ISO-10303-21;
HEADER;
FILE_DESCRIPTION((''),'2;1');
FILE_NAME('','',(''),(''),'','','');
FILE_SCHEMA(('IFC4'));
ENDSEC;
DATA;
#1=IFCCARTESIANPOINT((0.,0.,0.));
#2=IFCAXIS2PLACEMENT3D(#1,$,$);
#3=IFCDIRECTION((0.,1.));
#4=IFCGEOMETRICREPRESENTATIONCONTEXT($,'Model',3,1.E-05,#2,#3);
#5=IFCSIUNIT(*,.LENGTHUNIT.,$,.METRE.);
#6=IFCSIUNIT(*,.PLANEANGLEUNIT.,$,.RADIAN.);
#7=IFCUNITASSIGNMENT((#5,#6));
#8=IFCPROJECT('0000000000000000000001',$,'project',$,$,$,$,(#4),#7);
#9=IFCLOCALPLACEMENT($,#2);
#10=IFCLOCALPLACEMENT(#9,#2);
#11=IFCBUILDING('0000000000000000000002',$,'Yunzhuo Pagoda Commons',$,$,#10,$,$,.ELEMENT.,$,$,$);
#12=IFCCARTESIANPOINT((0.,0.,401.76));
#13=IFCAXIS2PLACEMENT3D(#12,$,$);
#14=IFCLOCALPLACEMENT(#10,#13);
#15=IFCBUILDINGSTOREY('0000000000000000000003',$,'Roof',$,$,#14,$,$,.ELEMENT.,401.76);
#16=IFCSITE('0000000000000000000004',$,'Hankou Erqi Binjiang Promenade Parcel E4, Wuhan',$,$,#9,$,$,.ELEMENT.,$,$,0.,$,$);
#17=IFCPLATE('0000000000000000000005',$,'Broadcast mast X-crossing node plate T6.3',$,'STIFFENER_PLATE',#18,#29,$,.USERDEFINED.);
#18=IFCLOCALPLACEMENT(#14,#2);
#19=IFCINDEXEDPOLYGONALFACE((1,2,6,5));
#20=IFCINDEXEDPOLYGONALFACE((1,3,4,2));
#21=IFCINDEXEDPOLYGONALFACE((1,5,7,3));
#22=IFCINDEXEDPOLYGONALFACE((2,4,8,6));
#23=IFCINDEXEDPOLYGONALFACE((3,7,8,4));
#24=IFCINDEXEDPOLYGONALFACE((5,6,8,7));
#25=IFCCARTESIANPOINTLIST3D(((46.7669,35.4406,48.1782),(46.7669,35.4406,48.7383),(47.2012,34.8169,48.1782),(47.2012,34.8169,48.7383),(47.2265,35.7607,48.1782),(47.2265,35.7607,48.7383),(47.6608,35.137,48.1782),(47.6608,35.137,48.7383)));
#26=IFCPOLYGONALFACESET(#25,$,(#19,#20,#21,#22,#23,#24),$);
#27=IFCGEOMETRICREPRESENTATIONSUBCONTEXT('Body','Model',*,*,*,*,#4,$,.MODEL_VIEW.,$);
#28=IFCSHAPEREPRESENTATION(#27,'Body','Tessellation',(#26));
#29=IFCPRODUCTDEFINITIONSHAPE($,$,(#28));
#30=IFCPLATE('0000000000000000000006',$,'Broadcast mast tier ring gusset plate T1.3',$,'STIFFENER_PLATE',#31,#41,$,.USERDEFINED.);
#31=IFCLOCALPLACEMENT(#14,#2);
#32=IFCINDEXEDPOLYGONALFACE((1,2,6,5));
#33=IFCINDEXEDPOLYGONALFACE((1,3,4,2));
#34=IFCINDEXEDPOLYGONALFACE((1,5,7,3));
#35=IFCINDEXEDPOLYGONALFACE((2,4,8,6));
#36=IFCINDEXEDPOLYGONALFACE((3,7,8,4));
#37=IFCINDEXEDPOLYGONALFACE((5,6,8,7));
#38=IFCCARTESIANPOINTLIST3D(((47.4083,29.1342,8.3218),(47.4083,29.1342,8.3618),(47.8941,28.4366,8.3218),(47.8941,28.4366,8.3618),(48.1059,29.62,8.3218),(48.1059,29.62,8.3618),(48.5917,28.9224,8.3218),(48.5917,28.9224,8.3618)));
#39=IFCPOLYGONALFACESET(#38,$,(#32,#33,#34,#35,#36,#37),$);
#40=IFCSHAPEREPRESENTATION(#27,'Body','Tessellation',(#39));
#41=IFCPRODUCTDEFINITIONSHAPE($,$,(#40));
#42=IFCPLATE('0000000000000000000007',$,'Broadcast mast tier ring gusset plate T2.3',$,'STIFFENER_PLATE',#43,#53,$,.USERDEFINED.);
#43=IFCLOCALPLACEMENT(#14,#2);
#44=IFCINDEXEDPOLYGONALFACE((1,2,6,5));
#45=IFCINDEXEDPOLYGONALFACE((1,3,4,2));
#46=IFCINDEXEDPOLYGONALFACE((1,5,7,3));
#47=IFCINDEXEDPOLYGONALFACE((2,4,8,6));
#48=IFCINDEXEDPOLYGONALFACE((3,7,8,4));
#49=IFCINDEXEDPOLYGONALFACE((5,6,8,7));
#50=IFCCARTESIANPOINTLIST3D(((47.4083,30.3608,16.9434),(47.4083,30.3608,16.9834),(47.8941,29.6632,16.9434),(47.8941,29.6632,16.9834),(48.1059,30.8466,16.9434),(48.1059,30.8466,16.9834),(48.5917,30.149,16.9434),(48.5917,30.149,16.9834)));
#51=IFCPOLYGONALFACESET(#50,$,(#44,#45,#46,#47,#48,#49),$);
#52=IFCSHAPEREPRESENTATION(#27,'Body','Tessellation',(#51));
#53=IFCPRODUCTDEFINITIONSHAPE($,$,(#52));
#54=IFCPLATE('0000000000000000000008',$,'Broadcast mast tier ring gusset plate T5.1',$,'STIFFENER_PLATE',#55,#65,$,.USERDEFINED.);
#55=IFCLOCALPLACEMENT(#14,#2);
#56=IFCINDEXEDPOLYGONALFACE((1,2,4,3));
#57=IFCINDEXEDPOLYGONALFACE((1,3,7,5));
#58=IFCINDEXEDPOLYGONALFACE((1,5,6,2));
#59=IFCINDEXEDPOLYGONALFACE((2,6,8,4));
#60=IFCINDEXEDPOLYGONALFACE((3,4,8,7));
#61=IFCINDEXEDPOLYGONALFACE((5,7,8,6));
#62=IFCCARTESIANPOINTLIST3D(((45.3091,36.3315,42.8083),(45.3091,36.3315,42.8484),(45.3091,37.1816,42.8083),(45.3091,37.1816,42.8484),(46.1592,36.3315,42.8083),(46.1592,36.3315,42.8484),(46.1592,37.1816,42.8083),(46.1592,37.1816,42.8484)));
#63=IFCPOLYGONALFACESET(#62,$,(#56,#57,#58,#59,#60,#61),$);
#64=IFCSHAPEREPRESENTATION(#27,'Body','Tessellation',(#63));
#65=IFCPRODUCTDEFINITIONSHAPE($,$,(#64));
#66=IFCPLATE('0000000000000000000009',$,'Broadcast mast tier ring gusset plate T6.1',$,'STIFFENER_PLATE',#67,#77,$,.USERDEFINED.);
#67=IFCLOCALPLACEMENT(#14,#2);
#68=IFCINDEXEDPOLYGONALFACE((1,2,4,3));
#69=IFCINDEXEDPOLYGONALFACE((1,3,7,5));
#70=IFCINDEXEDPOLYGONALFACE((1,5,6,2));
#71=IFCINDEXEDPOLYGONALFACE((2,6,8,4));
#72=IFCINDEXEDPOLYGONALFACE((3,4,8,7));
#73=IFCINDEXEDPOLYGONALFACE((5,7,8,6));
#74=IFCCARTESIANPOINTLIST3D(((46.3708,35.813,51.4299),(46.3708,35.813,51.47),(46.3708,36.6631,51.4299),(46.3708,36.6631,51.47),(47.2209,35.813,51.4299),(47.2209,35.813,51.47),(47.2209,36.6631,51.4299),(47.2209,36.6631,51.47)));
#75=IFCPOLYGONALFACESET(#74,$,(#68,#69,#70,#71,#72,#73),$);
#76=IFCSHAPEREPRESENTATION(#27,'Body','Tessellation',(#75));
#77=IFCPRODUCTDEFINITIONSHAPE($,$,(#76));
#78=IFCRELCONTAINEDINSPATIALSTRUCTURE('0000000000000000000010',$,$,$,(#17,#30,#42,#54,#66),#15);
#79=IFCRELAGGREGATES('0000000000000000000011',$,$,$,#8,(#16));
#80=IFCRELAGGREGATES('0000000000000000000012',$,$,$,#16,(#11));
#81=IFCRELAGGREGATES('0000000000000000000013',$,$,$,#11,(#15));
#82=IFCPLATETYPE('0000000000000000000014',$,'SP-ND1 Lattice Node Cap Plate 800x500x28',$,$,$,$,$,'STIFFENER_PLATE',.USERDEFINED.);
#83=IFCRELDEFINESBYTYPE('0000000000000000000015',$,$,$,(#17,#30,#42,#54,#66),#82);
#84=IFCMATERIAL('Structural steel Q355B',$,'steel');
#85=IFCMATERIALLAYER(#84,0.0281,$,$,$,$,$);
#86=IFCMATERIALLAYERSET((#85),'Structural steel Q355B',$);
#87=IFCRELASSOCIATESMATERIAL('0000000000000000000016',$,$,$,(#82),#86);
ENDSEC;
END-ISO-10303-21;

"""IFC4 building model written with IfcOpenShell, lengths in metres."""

from ifc_helpers import new_model, si_unit, direction, frame, origin, origin_2d, place, context, subcontext, project, spatial, rectangle, extrude, source, transform, mapped, material, layer, layer_set, type_object, element, save


model = new_model("IFC4")

# Units and contexts
model_context = context("Model", 3, precision=1e-05, world=origin(), true_north=direction((0.0, 1.0)))
body_context = subcontext(model_context, "Body", "Model", "MODEL_VIEW")
ifc_project = project(units=[si_unit("LENGTHUNIT", "METRE"), si_unit("PLANEANGLEUNIT", "RADIAN")], contexts=[model_context])

# Site, building, storey
site_placement = place(None, origin())
site = spatial("IfcSite", under=ifc_project, at=site_placement, Name="Hankou Erqi Binjiang Promenade Parcel E4, Wuhan", CompositionType="ELEMENT", RefElevation=0.0)
building_placement = place(site_placement, origin())
building = spatial("IfcBuilding", under=site, at=building_placement, Name="Yunzhuo Pagoda Commons", CompositionType="ELEMENT")
storey_placement = place(building_placement, frame((0.0, 0.0, 401.76)))
storey = spatial("IfcBuildingStorey", under=building, at=storey_placement, Name="Roof", CompositionType="ELEMENT", Elevation=401.76)

# Shared definitions
ifc_material_1 = material(Name="Structural steel Q355B", Category="steel")

# Plates
ifc_layer = layer(ifc_material_1, 0.0281)
ifc_layer_set = layer_set([ifc_layer], Name="Structural steel Q355B")
plate_type = type_object("IfcPlateType", Name="SP-ND1 Lattice Node Cap Plate 800x500x28", ElementType="STIFFENER_PLATE", PredefinedType="USERDEFINED", material=ifc_layer_set)
shared_shape_1 = source(origin(), body_context, "Body", "SweptSolid", [
    extrude(rectangle(XDim=0.76, YDim=0.5601, at=origin_2d()), origin(), (0.0, 0.0, 1.0), 0.5601),
])
for number, where, z_axis, x_axis, name in (
    (1, (47.2139, 35.2888, 48.1782), (0.0, 0.0, 1.0), (-0.571459, 0.820631, 0.0), "Broadcast mast X-crossing node plate T6.3"),
):
    element("IfcPlate", number, at=place(storey_placement, frame(where, z_axis=z_axis, x_axis=x_axis)), inside=storey, type_object=plate_type, Name=name, ObjectType="STIFFENER_PLATE", PredefinedType="USERDEFINED", context=body_context, shape_type="MappedRepresentation", body=[
        mapped(shared_shape_1, transform((0.0, 0.0, 0.0), scale=1.0)),
    ])
shared_shape_2 = source(origin(), body_context, "Body", "SweptSolid", [
    extrude(rectangle(XDim=0.8501, YDim=0.8501, at=origin_2d()), origin(), (0.0, 0.0, 1.0), 0.04),
])
for number, where, z_axis, x_axis, name in (
    (2, (48.0, 29.0283, 8.3218), (0.0, 0.0, 1.0), (-0.571459, 0.820631, 0.0), "Broadcast mast tier ring gusset plate T1.3"),
    (3, (48.0, 30.2549, 16.9434), (0.0, 0.0, 1.0), (-0.571459, 0.820631, 0.0), "Broadcast mast tier ring gusset plate T2.3"),
    (4, (45.7341, 36.7566, 42.8083), (0.0, 0.0, 1.0), (1.0, 0.0, 0.0), "Broadcast mast tier ring gusset plate T5.1"),
    (5, (46.7959, 36.238, 51.4299), (0.0, 0.0, 1.0), (1.0, 0.0, 0.0), "Broadcast mast tier ring gusset plate T6.1"),
):
    element("IfcPlate", number, at=place(storey_placement, frame(where, z_axis=z_axis, x_axis=x_axis)), inside=storey, type_object=plate_type, Name=name, ObjectType="STIFFENER_PLATE", PredefinedType="USERDEFINED", context=body_context, shape_type="MappedRepresentation", body=[
        mapped(shared_shape_2, transform((0.0, 0.0, 0.0), scale=1.0)),
    ])

save(model, "model.ifc")
